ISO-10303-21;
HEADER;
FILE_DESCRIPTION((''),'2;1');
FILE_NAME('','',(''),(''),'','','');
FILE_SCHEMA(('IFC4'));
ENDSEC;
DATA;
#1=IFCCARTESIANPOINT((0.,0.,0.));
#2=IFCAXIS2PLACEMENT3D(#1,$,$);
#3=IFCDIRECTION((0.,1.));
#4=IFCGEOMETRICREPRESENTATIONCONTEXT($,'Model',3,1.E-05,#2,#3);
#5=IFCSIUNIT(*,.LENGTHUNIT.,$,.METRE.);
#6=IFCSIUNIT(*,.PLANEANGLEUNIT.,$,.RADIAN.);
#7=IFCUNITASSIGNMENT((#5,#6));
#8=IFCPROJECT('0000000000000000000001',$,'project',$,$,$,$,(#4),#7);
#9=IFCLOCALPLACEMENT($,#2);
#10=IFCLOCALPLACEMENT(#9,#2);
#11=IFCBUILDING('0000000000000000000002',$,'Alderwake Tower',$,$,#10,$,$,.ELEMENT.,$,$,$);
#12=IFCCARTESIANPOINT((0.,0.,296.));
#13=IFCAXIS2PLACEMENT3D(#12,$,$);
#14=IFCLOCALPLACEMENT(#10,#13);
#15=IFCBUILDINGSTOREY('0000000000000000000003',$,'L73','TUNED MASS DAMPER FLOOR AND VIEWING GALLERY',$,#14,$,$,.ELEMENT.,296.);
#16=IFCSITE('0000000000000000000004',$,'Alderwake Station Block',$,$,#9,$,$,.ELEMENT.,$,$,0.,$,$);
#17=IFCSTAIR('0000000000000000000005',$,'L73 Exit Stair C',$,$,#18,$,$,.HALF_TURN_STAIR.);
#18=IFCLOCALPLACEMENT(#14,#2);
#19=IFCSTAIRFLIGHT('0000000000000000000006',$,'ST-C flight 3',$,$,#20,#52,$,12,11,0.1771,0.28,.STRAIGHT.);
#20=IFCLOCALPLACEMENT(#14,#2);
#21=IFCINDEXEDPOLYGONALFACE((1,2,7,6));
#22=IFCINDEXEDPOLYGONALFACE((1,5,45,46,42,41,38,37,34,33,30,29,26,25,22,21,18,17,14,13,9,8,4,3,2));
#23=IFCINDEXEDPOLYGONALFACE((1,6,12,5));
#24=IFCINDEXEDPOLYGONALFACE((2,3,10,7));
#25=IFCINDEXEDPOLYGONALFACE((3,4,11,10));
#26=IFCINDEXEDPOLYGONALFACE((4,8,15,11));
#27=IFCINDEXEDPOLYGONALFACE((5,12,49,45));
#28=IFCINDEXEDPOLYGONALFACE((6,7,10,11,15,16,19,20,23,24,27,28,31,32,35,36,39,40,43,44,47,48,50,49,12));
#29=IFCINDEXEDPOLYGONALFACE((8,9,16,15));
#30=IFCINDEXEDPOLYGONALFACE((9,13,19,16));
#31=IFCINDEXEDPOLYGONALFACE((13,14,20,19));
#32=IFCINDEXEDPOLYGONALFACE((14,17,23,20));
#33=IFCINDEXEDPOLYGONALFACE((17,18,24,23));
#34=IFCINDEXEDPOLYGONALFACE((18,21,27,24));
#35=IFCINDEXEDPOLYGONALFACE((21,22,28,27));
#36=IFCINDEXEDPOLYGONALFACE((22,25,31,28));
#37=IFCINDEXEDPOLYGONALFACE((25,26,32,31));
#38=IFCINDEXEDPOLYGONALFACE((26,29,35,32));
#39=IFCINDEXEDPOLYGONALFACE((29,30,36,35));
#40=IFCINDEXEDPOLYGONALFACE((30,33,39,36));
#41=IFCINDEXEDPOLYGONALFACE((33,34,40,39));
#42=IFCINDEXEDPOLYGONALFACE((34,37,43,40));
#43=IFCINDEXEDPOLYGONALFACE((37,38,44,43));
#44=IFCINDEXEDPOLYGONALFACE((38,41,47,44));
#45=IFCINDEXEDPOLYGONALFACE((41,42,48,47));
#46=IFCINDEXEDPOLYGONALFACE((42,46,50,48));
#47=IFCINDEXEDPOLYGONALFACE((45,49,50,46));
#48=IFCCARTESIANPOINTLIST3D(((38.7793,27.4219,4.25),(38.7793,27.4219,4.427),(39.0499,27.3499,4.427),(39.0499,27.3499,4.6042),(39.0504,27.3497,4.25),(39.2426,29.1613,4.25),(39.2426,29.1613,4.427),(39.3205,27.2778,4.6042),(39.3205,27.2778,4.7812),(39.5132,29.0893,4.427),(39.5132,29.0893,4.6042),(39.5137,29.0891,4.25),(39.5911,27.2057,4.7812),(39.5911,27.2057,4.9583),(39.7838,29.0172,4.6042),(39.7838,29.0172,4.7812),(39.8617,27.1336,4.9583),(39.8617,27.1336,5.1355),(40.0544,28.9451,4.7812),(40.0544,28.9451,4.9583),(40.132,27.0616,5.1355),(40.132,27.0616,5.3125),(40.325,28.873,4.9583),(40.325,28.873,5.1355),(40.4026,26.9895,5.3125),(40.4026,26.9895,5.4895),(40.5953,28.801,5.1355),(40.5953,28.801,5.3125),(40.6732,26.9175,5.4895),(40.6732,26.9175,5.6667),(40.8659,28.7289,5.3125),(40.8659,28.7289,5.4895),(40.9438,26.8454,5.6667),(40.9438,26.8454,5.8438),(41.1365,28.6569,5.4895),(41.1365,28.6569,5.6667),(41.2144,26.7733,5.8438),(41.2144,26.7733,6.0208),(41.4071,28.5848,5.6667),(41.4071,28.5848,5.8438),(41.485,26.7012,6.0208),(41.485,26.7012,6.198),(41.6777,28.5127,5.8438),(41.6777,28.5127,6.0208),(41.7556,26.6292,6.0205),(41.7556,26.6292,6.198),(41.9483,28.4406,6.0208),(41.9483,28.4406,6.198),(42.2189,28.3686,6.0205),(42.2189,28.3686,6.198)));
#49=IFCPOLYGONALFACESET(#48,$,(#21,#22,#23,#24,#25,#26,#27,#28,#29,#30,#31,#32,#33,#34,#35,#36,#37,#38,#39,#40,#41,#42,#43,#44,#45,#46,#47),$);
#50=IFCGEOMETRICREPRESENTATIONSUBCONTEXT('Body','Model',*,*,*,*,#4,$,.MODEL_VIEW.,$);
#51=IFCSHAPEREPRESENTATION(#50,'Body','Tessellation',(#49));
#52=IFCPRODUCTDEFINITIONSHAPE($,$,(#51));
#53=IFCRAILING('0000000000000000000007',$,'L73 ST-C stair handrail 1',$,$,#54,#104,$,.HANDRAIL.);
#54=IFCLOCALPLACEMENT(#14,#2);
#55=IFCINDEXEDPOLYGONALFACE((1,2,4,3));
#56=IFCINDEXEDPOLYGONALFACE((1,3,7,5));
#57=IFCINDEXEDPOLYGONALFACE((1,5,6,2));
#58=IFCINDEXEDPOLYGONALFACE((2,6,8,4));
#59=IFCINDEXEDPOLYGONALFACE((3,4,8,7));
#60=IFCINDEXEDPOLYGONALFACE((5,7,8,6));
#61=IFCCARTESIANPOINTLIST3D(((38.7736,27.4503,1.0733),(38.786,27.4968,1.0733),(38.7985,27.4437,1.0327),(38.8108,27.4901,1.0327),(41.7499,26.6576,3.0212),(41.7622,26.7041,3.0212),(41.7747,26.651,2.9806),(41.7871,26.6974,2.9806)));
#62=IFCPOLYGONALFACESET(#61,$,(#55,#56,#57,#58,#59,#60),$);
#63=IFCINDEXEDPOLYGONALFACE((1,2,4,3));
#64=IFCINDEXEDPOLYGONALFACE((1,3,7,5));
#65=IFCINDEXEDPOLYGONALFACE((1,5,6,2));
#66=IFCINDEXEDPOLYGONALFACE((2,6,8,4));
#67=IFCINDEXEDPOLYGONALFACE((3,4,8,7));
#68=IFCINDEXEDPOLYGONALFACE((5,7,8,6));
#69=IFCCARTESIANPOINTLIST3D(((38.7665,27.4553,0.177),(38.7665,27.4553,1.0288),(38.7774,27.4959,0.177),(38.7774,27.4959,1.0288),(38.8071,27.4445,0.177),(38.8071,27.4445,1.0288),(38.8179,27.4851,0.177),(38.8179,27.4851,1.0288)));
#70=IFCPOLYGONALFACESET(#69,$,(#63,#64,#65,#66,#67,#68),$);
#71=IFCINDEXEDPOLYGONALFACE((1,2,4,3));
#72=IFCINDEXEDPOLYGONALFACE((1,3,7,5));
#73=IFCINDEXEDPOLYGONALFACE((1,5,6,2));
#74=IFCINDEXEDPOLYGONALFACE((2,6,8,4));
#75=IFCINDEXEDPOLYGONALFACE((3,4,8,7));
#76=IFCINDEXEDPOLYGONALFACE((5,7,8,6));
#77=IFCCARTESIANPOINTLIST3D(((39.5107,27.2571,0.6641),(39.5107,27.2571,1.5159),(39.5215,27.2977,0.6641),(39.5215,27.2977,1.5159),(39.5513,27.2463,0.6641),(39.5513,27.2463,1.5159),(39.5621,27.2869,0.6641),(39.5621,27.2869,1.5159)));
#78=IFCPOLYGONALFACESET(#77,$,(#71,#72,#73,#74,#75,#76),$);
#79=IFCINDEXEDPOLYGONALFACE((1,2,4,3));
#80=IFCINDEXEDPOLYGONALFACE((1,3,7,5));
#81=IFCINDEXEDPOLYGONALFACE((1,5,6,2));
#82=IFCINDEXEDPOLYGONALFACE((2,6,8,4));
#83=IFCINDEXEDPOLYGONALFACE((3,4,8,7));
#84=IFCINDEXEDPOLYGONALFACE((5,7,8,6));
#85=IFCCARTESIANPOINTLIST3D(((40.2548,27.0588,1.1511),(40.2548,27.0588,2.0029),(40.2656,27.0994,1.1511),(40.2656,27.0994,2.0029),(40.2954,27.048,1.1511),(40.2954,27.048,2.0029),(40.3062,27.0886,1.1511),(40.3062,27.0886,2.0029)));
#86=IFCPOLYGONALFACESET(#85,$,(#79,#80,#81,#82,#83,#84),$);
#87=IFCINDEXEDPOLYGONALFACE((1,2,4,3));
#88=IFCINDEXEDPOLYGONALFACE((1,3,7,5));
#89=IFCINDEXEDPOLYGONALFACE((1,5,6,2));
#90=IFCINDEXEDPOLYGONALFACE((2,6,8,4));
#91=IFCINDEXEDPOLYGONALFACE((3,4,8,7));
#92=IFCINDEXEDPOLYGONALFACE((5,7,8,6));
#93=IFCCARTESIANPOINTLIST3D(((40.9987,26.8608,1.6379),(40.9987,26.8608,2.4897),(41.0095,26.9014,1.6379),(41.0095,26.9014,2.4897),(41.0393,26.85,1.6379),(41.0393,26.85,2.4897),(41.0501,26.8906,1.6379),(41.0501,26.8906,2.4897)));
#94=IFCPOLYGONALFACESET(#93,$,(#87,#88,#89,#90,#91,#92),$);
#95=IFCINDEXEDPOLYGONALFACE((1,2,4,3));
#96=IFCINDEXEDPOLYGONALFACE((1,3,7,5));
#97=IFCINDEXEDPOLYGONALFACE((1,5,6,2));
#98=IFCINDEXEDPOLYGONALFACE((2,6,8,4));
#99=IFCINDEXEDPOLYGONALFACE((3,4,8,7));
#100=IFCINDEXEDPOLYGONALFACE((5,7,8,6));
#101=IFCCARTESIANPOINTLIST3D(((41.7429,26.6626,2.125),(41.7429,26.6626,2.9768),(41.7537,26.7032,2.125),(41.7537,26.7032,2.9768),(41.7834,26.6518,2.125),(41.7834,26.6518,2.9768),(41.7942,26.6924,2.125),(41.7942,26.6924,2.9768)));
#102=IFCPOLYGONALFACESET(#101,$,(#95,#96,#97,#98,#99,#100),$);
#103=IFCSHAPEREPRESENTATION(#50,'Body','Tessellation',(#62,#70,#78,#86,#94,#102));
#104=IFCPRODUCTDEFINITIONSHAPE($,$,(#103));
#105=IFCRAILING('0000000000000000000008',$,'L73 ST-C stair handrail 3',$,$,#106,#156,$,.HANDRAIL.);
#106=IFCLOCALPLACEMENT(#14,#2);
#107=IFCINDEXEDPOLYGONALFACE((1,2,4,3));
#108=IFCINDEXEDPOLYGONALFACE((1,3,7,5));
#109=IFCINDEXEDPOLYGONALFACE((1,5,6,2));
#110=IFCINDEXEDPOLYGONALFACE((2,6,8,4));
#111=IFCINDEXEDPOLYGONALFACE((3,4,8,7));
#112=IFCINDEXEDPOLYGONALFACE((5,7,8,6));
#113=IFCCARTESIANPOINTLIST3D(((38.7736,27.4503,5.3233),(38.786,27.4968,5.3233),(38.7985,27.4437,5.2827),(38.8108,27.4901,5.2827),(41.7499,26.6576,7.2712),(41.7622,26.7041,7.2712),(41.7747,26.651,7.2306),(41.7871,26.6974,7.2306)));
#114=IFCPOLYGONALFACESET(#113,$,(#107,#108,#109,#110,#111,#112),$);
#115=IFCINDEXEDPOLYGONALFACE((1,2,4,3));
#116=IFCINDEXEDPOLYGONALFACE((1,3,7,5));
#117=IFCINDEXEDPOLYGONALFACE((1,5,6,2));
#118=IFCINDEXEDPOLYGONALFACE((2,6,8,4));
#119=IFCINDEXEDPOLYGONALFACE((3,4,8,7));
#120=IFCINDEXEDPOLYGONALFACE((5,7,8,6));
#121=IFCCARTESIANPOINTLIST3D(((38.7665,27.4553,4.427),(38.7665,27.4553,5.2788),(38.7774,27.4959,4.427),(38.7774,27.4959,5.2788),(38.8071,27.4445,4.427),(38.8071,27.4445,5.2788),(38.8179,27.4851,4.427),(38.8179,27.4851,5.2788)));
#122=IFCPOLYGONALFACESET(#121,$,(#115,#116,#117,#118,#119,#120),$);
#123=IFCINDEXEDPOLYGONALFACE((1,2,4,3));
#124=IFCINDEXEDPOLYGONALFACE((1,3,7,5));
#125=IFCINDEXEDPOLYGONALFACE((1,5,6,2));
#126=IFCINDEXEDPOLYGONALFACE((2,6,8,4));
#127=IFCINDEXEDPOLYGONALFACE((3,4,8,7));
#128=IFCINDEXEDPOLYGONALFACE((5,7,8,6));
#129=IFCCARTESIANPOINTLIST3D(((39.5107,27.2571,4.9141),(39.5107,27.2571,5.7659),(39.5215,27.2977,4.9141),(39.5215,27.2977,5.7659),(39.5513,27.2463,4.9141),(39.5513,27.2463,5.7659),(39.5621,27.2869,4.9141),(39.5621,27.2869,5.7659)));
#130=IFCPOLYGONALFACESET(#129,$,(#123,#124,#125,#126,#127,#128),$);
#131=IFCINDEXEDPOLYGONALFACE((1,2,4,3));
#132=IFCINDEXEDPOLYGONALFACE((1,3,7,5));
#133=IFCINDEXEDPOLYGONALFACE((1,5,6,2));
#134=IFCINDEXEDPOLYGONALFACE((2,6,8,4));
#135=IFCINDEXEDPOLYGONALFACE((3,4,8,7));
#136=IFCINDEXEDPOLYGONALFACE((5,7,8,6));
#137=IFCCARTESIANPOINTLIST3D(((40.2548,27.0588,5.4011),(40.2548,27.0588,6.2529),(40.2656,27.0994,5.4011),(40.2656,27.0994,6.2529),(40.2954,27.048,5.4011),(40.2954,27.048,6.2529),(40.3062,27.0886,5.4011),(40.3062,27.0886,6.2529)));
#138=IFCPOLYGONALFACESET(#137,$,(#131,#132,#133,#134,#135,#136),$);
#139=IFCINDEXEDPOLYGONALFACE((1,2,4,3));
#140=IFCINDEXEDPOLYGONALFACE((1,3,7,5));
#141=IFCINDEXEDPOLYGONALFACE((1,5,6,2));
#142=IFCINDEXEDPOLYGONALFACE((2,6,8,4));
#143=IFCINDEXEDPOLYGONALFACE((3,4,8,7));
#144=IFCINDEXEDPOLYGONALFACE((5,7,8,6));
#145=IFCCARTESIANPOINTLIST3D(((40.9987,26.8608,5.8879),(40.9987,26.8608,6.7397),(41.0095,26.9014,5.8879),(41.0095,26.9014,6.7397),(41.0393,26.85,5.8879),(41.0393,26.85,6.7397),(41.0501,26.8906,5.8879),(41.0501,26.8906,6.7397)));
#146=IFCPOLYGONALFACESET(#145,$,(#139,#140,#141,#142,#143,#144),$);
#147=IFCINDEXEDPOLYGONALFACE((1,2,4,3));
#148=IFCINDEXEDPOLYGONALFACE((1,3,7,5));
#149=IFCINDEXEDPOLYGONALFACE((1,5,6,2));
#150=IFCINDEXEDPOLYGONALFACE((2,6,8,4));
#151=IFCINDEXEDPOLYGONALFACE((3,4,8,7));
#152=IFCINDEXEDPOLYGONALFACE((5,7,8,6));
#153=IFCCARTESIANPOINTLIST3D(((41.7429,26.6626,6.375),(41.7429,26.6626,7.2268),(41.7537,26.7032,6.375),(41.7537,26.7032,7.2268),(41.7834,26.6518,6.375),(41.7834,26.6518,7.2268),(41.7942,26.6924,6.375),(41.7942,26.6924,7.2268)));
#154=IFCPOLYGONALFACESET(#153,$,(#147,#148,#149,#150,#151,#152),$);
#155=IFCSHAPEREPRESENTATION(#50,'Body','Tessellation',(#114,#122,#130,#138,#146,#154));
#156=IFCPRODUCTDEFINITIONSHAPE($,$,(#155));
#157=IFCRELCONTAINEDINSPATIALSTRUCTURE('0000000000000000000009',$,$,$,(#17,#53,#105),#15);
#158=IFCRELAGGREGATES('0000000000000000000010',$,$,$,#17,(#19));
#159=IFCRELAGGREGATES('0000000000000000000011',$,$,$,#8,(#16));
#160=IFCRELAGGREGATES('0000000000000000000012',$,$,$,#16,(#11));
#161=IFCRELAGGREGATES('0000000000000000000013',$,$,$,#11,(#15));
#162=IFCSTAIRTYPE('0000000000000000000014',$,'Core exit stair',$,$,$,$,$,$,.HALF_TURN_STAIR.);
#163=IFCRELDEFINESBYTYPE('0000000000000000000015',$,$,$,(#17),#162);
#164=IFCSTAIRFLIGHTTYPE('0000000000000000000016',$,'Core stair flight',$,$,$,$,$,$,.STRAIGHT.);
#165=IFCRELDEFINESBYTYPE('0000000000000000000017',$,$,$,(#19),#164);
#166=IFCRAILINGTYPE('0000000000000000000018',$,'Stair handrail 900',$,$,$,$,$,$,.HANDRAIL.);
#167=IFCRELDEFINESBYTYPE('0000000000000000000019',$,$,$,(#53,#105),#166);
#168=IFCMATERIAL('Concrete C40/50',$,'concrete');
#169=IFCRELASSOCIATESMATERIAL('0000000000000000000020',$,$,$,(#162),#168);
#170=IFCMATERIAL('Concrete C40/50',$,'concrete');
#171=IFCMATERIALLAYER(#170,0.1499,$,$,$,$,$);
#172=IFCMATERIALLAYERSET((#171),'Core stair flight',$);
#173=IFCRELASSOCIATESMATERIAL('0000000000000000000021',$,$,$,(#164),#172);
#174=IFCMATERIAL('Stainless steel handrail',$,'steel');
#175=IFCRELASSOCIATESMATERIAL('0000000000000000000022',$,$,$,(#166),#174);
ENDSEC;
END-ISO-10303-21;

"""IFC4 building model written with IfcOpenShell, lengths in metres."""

from ifc_helpers import new_model, si_unit, direction, frame, origin, origin_2d, place, context, subcontext, project, spatial, polyline, rectangle, outline, extrude, material, layer, layer_set, type_object, element, aggregate, save


model = new_model("IFC4")

# Units and contexts
model_context = context("Model", 3, precision=1e-05, world=origin(), true_north=direction((0.0, 1.0)))
body_context = subcontext(model_context, "Body", "Model", "MODEL_VIEW")
ifc_project = project(units=[si_unit("LENGTHUNIT", "METRE"), si_unit("PLANEANGLEUNIT", "RADIAN")], contexts=[model_context])

# Site, building, storey
site_placement = place(None, origin())
site = spatial("IfcSite", under=ifc_project, at=site_placement, Name="Alderwake Station Block", CompositionType="ELEMENT", RefElevation=0.0)
building_placement = place(site_placement, origin())
building = spatial("IfcBuilding", under=site, at=building_placement, Name="Alderwake Tower", CompositionType="ELEMENT")
storey_placement = place(building_placement, frame((0.0, 0.0, 296.0)))
storey = spatial("IfcBuildingStorey", under=building, at=storey_placement, Name="L73", Description="TUNED MASS DAMPER FLOOR AND VIEWING GALLERY", CompositionType="ELEMENT", Elevation=296.0)

# Stair
ifc_material_1 = material(Name="Concrete C40/50", Category="concrete")
stair_type = type_object("IfcStairType", Name="Core exit stair", PredefinedType="HALF_TURN_STAIR", material=ifc_material_1)
stair_1_placement = place(storey_placement, origin())
stair_1 = element("IfcStair", 1, at=stair_1_placement, inside=storey, type_object=stair_type, Name="L73 Exit Stair C", PredefinedType="HALF_TURN_STAIR")

# Stair flight
ifc_material_2 = material(Name="Concrete C40/50", Category="concrete")
ifc_layer_1 = layer(ifc_material_2, 0.1499)
ifc_layer_set_1 = layer_set([ifc_layer_1], Name="Core stair flight")
stair_flight_type = type_object("IfcStairFlightType", Name="Core stair flight", PredefinedType="STRAIGHT", material=ifc_layer_set_1)
stair_flight_1_placement = place(storey_placement, frame((39.011, 28.2917, 4.25), z_axis=(0.0, 0.0, 1.0), x_axis=(0.96631, -0.257382, 0.0)))
stair_flight_1 = element("IfcStairFlight", 2, at=stair_flight_1_placement, type_object=stair_flight_type, Name="ST-C flight 3", NumberOfRisers=12, NumberOfTreads=11, PredefinedType="STRAIGHT", RiserHeight=0.1771, TreadLength=0.28, context=body_context, shape_type="SweptSolid", body=[
    extrude(outline(polyline([(0.0, 0.0), (0.0, 0.177), (0.28, 0.177), (0.28, 0.3542), (0.5601, 0.3542), (0.5601, 0.5312), (0.8401, 0.5312), (0.8401, 0.7083), (1.1201, 0.7083), (1.1201, 0.8855), (1.3999, 0.8855), (1.3999, 1.0625), (1.6799, 1.0625), (1.6799, 1.2395), (1.96, 1.2395), (1.96, 1.4167), (2.24, 1.4167), (2.24, 1.5938), (2.52, 1.5938), (2.52, 1.7708), (2.8, 1.7708), (2.8, 1.948), (3.0801, 1.948), (3.0801, 2.125), (3.0801, 1.7705), (0.2805, 0.0), (0.0, 0.0)])), frame((0.0, 0.8999, 0.0), z_axis=(0.0, -1.0, 0.0), x_axis=(1.0, 0.0, 0.0)), (0.0, 0.0, 1.0), 1.8),
])
aggregate(stair_1, [stair_flight_1])

# Railings
ifc_material_3 = material(Name="Stainless steel handrail", Category="steel")
railing_type = type_object("IfcRailingType", Name="Stair handrail 900", PredefinedType="HANDRAIL", material=ifc_material_3)
for number, where, name in (
    (3, (38.7922, 27.4702, 0.177), "L73 ST-C stair handrail 1"),
    (4, (38.7922, 27.4702, 4.427), "L73 ST-C stair handrail 3"),
):
    element("IfcRailing", number, at=place(storey_placement, frame(where)), inside=storey, type_object=railing_type, Name=name, PredefinedType="HANDRAIL", context=body_context, shape_type="SweptSolid", body=[
        extrude(rectangle(XDim=0.0481, YDim=0.0481, at=origin_2d()), frame((0.0, 0.0, 0.876), z_axis=(0.816685, -0.217519, 0.53452), x_axis=(0.257372, 0.966313, 0.0)), (0.0, 0.0, 1.0), 3.6443),
        extrude(rectangle(XDim=0.042, YDim=0.042, at=origin_2d()), frame((0.0, 0.0, 0.0), z_axis=(0.0, 0.0, 1.0), x_axis=(0.966313, -0.257372, 0.0)), (0.0, 0.0, 1.0), 0.8518),
        extrude(rectangle(XDim=0.042, YDim=0.042, at=origin_2d()), frame((0.7441, -0.1982, 0.4871), z_axis=(0.0, 0.0, 1.0), x_axis=(0.966313, -0.257372, 0.0)), (0.0, 0.0, 1.0), 0.8518),
        extrude(rectangle(XDim=0.042, YDim=0.042, at=origin_2d()), frame((1.4883, -0.3965, 0.9741), z_axis=(0.0, 0.0, 1.0), x_axis=(0.966313, -0.257372, 0.0)), (0.0, 0.0, 1.0), 0.8518),
        extrude(rectangle(XDim=0.042, YDim=0.042, at=origin_2d()), frame((2.2322, -0.5945, 1.4609), z_axis=(0.0, 0.0, 1.0), x_axis=(0.966313, -0.257372, 0.0)), (0.0, 0.0, 1.0), 0.8518),
        extrude(rectangle(XDim=0.042, YDim=0.042, at=origin_2d()), frame((2.9763, -0.7927, 1.948), z_axis=(0.0, 0.0, 1.0), x_axis=(0.966313, -0.257372, 0.0)), (0.0, 0.0, 1.0), 0.8518),
    ])

save(model, "model.ifc")
